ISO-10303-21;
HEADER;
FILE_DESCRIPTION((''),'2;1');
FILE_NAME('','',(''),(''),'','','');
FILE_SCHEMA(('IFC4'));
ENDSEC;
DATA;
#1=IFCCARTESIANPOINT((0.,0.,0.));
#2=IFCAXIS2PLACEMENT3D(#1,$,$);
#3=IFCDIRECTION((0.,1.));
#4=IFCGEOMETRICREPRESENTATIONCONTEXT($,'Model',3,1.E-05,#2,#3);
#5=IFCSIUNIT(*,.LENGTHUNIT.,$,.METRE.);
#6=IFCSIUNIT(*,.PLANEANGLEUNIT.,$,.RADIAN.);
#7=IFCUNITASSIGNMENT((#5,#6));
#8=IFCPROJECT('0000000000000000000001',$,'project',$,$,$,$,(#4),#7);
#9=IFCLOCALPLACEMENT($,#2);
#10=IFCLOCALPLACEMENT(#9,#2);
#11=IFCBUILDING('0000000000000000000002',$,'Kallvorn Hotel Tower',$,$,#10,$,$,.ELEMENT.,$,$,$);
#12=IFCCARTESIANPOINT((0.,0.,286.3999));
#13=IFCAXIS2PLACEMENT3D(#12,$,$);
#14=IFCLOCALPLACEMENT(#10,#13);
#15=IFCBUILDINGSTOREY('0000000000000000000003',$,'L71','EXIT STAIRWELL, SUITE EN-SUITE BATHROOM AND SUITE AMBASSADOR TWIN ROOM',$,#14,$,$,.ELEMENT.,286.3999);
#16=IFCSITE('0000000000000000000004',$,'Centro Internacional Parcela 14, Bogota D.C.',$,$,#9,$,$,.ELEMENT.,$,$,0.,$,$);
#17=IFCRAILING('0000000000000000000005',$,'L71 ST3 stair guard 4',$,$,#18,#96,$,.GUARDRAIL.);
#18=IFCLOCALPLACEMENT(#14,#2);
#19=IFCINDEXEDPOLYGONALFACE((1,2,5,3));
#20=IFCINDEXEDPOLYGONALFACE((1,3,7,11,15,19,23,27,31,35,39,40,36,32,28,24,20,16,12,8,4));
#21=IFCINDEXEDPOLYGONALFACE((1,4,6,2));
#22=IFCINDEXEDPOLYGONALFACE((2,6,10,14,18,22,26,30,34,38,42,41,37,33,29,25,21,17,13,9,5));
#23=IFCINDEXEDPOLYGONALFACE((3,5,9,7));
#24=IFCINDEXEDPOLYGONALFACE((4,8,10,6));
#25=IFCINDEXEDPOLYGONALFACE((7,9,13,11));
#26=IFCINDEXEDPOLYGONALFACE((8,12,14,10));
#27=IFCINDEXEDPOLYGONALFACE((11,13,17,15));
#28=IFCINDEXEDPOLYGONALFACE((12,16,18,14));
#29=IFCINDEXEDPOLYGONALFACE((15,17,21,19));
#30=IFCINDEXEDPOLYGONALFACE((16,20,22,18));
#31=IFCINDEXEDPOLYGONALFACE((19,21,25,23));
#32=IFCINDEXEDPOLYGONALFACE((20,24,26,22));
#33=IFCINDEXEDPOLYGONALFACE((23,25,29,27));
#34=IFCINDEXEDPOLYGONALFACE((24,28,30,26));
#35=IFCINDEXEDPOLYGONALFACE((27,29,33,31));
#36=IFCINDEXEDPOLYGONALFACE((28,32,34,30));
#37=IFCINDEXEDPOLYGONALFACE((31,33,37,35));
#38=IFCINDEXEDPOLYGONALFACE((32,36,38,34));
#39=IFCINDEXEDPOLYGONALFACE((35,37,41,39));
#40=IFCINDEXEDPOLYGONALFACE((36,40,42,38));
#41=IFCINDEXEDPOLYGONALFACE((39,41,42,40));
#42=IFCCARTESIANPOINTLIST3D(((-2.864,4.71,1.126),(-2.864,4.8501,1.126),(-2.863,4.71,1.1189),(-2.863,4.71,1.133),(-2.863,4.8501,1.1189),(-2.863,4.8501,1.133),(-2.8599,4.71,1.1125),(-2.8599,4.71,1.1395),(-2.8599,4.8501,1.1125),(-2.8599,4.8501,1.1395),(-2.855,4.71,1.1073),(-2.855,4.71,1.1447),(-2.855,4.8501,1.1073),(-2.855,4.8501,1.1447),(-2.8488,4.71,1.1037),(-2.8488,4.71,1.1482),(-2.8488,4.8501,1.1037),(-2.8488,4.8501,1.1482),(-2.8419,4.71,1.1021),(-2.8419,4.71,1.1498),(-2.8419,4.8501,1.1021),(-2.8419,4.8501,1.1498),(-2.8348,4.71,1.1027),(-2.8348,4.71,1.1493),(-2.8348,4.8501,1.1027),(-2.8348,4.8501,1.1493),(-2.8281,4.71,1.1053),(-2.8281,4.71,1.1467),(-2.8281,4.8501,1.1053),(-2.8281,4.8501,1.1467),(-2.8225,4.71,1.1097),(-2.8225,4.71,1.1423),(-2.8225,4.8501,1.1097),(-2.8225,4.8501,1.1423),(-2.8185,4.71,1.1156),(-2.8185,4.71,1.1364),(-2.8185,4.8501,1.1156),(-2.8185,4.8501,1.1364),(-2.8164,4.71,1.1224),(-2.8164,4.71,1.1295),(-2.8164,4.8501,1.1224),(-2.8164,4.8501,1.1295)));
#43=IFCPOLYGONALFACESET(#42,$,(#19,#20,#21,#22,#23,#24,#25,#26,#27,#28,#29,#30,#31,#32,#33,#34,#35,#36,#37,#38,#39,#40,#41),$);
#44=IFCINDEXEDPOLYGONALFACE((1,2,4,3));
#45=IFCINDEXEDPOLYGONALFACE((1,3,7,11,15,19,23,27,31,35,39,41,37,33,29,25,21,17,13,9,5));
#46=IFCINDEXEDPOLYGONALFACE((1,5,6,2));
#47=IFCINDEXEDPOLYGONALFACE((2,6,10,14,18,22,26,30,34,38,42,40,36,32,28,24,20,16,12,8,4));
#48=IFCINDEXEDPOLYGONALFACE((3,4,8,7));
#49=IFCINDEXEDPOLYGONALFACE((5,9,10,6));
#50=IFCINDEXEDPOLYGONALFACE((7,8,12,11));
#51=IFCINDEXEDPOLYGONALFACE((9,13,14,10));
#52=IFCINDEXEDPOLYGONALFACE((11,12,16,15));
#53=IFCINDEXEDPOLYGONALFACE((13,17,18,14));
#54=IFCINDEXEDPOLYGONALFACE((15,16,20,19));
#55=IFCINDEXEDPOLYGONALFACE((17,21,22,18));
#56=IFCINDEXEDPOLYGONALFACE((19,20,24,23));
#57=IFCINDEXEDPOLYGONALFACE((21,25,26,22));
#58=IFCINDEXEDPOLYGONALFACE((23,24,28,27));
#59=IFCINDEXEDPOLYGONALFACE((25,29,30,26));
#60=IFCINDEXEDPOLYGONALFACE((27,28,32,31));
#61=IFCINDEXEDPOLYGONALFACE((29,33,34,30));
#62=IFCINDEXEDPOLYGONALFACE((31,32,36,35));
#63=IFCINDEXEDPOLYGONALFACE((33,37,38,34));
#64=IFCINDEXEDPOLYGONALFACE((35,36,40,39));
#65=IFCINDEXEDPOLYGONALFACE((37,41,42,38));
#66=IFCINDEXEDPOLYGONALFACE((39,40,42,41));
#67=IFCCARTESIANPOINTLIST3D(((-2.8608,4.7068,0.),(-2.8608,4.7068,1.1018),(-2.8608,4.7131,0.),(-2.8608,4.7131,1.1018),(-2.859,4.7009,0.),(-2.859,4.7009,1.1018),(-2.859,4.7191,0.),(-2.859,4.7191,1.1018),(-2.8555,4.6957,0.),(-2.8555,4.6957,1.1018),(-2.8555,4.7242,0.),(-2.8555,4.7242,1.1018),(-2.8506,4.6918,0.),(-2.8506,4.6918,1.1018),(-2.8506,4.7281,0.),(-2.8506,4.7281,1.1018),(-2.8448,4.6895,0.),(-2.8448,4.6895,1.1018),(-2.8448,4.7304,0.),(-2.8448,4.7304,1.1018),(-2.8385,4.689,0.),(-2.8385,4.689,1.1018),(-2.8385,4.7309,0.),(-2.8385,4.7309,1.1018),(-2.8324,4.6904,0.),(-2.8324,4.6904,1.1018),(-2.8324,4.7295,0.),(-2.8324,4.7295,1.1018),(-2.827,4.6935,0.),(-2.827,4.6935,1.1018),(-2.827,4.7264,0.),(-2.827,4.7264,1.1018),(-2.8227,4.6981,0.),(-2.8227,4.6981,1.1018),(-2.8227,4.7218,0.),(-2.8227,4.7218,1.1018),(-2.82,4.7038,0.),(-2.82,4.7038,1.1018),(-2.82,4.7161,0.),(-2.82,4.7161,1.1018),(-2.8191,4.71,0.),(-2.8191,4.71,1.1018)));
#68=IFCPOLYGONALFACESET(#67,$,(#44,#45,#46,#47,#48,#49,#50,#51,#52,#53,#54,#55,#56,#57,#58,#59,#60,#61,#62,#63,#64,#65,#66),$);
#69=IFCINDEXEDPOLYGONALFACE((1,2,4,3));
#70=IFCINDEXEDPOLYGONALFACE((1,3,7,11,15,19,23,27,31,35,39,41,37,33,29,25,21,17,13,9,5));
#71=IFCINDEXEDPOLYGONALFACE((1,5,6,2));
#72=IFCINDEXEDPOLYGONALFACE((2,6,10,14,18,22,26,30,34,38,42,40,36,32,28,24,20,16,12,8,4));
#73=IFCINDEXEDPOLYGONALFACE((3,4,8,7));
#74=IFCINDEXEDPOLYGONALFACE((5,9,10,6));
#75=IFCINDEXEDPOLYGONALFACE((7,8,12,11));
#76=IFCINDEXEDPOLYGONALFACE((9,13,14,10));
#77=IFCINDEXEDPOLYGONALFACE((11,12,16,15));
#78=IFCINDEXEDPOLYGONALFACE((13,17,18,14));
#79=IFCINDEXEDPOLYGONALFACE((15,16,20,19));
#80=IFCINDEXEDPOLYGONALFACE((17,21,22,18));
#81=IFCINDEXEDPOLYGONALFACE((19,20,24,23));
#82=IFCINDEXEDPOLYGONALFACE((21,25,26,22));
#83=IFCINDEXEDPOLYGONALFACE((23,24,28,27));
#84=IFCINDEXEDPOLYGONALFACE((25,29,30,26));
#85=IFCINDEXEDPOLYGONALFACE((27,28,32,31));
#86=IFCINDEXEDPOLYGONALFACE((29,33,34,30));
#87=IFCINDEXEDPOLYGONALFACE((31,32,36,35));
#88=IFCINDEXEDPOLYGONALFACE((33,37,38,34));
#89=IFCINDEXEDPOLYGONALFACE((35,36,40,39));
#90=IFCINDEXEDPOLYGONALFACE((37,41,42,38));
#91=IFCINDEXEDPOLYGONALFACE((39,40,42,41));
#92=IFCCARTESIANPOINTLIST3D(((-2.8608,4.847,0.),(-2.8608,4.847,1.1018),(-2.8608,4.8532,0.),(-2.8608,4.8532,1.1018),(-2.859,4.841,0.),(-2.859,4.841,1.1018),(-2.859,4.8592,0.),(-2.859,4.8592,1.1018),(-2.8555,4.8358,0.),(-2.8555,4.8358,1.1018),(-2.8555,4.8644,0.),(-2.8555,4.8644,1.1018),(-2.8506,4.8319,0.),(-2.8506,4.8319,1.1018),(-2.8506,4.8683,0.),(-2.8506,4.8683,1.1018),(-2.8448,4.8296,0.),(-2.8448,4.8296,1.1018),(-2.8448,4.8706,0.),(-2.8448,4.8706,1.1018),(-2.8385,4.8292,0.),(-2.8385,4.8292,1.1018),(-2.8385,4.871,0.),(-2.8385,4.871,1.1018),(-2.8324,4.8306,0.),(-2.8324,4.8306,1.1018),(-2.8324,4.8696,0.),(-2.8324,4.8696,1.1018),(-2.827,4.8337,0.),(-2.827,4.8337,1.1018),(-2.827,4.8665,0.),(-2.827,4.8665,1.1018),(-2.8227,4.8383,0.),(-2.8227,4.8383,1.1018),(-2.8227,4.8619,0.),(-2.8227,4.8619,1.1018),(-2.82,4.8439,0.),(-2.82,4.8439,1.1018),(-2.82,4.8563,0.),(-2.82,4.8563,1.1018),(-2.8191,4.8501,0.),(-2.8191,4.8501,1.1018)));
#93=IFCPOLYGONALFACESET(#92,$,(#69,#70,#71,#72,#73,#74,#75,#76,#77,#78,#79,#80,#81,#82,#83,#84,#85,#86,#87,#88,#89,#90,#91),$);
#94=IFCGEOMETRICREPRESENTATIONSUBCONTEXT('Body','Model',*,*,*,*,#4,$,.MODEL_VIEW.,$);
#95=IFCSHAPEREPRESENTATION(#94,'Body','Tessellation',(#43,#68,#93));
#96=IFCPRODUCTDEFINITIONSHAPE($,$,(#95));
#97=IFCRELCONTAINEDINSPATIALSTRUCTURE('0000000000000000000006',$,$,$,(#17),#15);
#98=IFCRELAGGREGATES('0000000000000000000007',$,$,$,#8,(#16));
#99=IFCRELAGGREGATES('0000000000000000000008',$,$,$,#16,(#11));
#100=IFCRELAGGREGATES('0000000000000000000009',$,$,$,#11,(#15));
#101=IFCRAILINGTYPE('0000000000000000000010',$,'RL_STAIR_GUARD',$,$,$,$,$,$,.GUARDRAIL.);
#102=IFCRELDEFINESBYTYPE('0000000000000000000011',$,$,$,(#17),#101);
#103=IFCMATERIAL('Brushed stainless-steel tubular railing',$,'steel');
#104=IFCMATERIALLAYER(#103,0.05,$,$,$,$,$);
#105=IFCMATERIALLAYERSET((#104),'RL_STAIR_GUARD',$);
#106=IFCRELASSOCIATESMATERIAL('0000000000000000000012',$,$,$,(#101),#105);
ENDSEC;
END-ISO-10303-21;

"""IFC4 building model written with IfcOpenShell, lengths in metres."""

from ifc_helpers import new_model, si_unit, direction, frame, origin, origin_2d, place, context, subcontext, project, spatial, circle, extrude, material, layer, layer_set, type_object, element, save


model = new_model("IFC4")

# Units and contexts
model_context = context("Model", 3, precision=1e-05, world=origin(), true_north=direction((0.0, 1.0)))
body_context = subcontext(model_context, "Body", "Model", "MODEL_VIEW")
ifc_project = project(units=[si_unit("LENGTHUNIT", "METRE"), si_unit("PLANEANGLEUNIT", "RADIAN")], contexts=[model_context])

# Site, building, storey
site_placement = place(None, origin())
site = spatial("IfcSite", under=ifc_project, at=site_placement, Name="Centro Internacional Parcela 14, Bogota D.C.", CompositionType="ELEMENT", RefElevation=0.0)
building_placement = place(site_placement, origin())
building = spatial("IfcBuilding", under=site, at=building_placement, Name="Kallvorn Hotel Tower", CompositionType="ELEMENT")
storey_placement = place(building_placement, frame((0.0, 0.0, 286.3999)))
storey = spatial("IfcBuildingStorey", under=building, at=storey_placement, Name="L71", Description="EXIT STAIRWELL, SUITE EN-SUITE BATHROOM AND SUITE AMBASSADOR TWIN ROOM", CompositionType="ELEMENT", Elevation=286.3999)

# Railing
ifc_material_1 = material(Name="Brushed stainless-steel tubular railing", Category="steel")
ifc_layer_1 = layer(ifc_material_1, 0.05)
ifc_layer_set_1 = layer_set([ifc_layer_1], Name="RL_STAIR_GUARD")
railing_type = type_object("IfcRailingType", Name="RL_STAIR_GUARD", PredefinedType="GUARDRAIL", material=ifc_layer_set_1)
railing_1_placement = place(storey_placement, frame((-2.8401, 4.71, 0.0)))
element("IfcRailing", 1, at=railing_1_placement, inside=storey, type_object=railing_type, Name="L71 ST3 stair guard 4", PredefinedType="GUARDRAIL", context=body_context, shape_type="SweptSolid", body=[
    extrude(circle(Radius=0.0239, at=origin_2d()), frame((0.0, 0.0, 1.126), z_axis=(0.0, 1.0, 0.0), x_axis=(-1.0, 0.0, 0.0)), (0.0, 0.0, 1.0), 0.1401),
    extrude(circle(Radius=0.021, at=origin_2d()), origin(), (0.0, 0.0, 1.0), 1.1018),
    extrude(circle(Radius=0.021, at=origin_2d()), frame((0.0, 0.1401, 0.0)), (0.0, 0.0, 1.0), 1.1018),
])

save(model, "model.ifc")
